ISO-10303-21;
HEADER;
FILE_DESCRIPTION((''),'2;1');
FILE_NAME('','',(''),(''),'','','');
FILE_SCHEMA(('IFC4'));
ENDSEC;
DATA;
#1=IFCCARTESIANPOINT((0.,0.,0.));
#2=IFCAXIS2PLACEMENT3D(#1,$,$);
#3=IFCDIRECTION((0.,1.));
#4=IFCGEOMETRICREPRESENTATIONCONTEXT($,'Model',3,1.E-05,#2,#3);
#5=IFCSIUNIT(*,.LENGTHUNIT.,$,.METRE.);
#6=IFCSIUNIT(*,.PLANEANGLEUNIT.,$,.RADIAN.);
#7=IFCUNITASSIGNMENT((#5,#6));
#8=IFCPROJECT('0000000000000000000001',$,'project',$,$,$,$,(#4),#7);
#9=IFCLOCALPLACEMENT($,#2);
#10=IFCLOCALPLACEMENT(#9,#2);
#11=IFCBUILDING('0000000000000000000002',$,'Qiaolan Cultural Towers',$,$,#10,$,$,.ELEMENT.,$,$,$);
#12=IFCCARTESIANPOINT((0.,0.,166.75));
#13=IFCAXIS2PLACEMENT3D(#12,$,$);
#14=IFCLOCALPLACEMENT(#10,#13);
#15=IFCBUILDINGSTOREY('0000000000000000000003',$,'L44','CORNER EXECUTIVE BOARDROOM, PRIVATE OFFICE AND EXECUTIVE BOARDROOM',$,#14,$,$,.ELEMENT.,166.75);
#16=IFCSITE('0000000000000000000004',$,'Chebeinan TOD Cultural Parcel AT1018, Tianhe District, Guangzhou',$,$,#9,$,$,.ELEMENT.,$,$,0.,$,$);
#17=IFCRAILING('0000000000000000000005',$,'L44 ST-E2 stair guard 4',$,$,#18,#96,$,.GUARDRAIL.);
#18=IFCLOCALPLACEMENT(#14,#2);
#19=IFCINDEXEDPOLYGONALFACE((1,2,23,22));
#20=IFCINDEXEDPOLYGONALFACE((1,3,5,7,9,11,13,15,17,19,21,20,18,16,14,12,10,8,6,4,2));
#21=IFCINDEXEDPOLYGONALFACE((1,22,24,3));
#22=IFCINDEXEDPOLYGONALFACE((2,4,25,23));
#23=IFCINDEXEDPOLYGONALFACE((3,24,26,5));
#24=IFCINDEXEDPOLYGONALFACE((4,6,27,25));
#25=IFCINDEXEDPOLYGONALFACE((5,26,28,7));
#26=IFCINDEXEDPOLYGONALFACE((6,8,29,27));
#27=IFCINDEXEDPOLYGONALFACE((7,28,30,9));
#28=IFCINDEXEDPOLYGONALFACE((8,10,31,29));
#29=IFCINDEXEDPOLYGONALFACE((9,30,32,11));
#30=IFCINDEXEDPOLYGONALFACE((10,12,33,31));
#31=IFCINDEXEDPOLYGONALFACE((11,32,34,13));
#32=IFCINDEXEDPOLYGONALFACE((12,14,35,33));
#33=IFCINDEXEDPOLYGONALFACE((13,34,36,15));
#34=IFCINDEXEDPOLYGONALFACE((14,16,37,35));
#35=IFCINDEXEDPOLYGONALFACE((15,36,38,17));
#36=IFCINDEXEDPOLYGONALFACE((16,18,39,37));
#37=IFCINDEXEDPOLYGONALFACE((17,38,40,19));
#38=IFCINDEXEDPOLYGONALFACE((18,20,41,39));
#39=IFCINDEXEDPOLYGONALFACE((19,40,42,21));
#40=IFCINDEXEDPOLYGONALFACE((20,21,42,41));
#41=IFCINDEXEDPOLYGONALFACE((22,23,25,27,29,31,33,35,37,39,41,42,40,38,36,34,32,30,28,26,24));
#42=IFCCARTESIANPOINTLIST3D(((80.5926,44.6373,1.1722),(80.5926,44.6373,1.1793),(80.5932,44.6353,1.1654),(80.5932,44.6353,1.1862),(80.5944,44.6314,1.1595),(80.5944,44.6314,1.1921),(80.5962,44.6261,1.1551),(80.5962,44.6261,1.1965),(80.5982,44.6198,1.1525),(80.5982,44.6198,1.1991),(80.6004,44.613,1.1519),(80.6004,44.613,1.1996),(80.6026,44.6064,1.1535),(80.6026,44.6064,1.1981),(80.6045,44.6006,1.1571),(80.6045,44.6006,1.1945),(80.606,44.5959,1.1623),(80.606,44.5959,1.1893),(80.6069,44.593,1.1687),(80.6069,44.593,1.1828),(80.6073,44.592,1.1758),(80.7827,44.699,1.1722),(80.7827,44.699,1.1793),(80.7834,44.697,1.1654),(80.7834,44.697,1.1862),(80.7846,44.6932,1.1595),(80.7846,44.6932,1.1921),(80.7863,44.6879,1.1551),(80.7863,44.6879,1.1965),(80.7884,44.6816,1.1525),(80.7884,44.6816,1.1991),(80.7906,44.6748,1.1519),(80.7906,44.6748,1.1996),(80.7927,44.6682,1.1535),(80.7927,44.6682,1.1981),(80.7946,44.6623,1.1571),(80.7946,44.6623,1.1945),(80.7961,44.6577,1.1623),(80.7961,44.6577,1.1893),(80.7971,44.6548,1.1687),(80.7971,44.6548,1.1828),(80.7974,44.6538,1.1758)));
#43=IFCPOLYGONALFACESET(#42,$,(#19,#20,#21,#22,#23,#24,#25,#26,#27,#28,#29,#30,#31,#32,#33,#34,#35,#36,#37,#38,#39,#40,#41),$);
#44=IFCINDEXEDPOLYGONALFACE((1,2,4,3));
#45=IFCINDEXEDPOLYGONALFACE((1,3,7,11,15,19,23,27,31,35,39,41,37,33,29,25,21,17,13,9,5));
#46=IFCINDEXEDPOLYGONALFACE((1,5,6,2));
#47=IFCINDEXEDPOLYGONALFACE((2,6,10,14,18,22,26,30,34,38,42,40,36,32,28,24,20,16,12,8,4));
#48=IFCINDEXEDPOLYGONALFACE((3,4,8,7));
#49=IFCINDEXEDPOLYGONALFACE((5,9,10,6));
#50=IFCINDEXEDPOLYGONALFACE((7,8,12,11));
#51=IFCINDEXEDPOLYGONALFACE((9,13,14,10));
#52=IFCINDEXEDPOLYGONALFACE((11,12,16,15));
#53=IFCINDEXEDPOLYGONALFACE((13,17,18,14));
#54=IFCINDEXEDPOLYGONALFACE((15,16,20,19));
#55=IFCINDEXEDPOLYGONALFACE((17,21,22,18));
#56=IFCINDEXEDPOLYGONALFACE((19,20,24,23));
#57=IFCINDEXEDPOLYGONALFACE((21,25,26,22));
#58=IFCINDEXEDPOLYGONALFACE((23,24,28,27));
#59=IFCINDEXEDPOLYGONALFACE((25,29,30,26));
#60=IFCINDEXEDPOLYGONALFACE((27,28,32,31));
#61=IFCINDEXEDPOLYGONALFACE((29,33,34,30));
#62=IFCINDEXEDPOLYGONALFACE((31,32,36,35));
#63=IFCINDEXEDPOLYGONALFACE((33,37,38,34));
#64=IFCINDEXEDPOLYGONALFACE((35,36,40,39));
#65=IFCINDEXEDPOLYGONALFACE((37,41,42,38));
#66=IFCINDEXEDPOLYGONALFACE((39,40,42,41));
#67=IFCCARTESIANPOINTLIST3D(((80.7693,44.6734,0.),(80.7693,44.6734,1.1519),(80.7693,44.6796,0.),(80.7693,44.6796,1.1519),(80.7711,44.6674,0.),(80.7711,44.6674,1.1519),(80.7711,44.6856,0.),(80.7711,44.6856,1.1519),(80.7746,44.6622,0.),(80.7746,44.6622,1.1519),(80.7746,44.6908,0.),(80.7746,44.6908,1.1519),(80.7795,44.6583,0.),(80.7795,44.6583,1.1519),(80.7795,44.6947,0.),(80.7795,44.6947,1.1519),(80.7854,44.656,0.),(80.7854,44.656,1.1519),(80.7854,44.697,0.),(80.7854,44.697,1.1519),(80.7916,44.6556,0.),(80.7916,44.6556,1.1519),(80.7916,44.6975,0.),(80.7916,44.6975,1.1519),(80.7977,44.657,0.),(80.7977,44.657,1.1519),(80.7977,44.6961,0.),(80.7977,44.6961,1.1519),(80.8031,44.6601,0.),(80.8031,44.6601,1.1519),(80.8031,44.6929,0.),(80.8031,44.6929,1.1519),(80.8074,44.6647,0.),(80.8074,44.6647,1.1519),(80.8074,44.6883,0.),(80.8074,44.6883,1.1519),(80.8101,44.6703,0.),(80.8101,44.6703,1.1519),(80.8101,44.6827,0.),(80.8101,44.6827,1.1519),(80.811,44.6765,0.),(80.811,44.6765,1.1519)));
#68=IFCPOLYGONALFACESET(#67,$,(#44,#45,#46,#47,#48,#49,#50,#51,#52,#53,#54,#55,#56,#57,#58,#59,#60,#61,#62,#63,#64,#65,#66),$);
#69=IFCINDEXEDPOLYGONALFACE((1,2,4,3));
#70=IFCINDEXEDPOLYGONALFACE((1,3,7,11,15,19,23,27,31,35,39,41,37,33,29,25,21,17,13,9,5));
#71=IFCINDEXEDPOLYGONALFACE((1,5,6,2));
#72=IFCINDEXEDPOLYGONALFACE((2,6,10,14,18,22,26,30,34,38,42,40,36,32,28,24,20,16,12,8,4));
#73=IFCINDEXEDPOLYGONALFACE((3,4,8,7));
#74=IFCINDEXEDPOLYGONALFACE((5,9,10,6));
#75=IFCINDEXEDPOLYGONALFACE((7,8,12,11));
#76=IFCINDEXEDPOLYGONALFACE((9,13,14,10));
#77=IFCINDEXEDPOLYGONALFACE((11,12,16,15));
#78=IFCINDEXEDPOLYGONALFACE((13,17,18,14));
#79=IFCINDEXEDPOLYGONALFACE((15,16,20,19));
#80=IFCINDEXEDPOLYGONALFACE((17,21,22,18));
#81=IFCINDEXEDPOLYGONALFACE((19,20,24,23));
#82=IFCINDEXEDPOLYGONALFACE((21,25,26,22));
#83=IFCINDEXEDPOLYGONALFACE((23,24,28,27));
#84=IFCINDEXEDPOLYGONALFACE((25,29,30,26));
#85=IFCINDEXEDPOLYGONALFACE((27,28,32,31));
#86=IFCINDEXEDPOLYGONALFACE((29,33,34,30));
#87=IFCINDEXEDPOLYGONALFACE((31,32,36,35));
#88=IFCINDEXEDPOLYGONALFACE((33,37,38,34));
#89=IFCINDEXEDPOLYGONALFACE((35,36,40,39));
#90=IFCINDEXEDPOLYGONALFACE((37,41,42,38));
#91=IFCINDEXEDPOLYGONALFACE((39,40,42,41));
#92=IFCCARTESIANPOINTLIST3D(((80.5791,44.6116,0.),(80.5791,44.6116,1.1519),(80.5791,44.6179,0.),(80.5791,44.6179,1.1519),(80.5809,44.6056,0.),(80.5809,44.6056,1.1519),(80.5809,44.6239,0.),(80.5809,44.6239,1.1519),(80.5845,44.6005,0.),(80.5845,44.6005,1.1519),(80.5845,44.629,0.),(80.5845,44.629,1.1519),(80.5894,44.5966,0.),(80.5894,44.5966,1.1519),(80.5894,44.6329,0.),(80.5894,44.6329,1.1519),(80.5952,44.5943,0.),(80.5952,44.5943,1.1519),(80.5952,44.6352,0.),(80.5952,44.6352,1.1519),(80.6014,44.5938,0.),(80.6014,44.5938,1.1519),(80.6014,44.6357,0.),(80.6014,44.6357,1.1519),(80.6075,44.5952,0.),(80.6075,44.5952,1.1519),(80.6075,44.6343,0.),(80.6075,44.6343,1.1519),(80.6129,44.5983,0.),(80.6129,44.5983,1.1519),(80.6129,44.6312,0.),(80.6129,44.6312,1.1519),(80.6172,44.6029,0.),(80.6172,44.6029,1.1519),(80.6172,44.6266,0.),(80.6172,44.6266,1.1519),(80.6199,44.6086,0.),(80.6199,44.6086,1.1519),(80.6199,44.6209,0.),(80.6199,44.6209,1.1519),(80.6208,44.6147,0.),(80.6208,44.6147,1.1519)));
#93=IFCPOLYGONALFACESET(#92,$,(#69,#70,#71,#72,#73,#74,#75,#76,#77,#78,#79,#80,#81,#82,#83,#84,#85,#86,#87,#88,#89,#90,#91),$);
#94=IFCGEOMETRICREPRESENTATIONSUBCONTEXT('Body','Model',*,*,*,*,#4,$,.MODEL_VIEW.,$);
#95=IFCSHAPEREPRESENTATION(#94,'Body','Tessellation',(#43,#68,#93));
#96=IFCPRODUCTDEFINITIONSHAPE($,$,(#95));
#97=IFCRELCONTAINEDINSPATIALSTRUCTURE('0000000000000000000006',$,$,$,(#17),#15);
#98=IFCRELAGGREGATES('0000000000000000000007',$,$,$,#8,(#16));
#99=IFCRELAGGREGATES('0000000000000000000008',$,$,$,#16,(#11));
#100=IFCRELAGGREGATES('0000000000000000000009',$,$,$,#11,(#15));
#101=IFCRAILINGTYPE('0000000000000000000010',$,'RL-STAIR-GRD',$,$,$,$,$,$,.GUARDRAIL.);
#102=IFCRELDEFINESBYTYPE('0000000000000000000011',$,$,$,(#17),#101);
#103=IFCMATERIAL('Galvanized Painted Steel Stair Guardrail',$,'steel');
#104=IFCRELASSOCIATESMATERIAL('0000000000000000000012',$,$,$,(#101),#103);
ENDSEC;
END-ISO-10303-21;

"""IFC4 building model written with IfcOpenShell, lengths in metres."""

from ifc_helpers import new_model, si_unit, direction, frame, origin, origin_2d, place, context, subcontext, project, spatial, circle, extrude, material, type_object, element, save


model = new_model("IFC4")

# Units and contexts
model_context = context("Model", 3, precision=1e-05, world=origin(), true_north=direction((0.0, 1.0)))
body_context = subcontext(model_context, "Body", "Model", "MODEL_VIEW")
ifc_project = project(units=[si_unit("LENGTHUNIT", "METRE"), si_unit("PLANEANGLEUNIT", "RADIAN")], contexts=[model_context])

# Site, building, storey
site_placement = place(None, origin())
site = spatial("IfcSite", under=ifc_project, at=site_placement, Name="Chebeinan TOD Cultural Parcel AT1018, Tianhe District, Guangzhou", CompositionType="ELEMENT", RefElevation=0.0)
building_placement = place(site_placement, origin())
building = spatial("IfcBuilding", under=site, at=building_placement, Name="Qiaolan Cultural Towers", CompositionType="ELEMENT")
storey_placement = place(building_placement, frame((0.0, 0.0, 166.75)))
storey = spatial("IfcBuildingStorey", under=building, at=storey_placement, Name="L44", Description="CORNER EXECUTIVE BOARDROOM, PRIVATE OFFICE AND EXECUTIVE BOARDROOM", CompositionType="ELEMENT", Elevation=166.75)

# Railing
ifc_material_1 = material(Name="Galvanized Painted Steel Stair Guardrail", Category="steel")
railing_type_1 = type_object("IfcRailingType", Name="RL-STAIR-GRD", PredefinedType="GUARDRAIL", material=ifc_material_1)
railing_1_placement = place(storey_placement, frame((80.79, 44.6765, 0.0)))
element("IfcRailing", 1, at=railing_1_placement, inside=storey, type_object=railing_type_1, Name="L44 ST-E2 stair guard 4", PredefinedType="GUARDRAIL", context=body_context, shape_type="SweptSolid", body=[
    extrude(circle(Radius=0.0239, at=origin_2d()), frame((0.0, 0.0, 1.1758), z_axis=(-0.951097, -0.308893, 0.0), x_axis=(0.308893, -0.951097, 0.0)), (0.0, 0.0, 1.0), 0.2),
    extrude(circle(Radius=0.021, at=origin_2d()), origin(), (0.0, 0.0, 1.0), 1.1519),
    extrude(circle(Radius=0.021, at=origin_2d()), frame((-0.1902, -0.0618, 0.0)), (0.0, 0.0, 1.0), 1.1519),
])

save(model, "model.ifc")
